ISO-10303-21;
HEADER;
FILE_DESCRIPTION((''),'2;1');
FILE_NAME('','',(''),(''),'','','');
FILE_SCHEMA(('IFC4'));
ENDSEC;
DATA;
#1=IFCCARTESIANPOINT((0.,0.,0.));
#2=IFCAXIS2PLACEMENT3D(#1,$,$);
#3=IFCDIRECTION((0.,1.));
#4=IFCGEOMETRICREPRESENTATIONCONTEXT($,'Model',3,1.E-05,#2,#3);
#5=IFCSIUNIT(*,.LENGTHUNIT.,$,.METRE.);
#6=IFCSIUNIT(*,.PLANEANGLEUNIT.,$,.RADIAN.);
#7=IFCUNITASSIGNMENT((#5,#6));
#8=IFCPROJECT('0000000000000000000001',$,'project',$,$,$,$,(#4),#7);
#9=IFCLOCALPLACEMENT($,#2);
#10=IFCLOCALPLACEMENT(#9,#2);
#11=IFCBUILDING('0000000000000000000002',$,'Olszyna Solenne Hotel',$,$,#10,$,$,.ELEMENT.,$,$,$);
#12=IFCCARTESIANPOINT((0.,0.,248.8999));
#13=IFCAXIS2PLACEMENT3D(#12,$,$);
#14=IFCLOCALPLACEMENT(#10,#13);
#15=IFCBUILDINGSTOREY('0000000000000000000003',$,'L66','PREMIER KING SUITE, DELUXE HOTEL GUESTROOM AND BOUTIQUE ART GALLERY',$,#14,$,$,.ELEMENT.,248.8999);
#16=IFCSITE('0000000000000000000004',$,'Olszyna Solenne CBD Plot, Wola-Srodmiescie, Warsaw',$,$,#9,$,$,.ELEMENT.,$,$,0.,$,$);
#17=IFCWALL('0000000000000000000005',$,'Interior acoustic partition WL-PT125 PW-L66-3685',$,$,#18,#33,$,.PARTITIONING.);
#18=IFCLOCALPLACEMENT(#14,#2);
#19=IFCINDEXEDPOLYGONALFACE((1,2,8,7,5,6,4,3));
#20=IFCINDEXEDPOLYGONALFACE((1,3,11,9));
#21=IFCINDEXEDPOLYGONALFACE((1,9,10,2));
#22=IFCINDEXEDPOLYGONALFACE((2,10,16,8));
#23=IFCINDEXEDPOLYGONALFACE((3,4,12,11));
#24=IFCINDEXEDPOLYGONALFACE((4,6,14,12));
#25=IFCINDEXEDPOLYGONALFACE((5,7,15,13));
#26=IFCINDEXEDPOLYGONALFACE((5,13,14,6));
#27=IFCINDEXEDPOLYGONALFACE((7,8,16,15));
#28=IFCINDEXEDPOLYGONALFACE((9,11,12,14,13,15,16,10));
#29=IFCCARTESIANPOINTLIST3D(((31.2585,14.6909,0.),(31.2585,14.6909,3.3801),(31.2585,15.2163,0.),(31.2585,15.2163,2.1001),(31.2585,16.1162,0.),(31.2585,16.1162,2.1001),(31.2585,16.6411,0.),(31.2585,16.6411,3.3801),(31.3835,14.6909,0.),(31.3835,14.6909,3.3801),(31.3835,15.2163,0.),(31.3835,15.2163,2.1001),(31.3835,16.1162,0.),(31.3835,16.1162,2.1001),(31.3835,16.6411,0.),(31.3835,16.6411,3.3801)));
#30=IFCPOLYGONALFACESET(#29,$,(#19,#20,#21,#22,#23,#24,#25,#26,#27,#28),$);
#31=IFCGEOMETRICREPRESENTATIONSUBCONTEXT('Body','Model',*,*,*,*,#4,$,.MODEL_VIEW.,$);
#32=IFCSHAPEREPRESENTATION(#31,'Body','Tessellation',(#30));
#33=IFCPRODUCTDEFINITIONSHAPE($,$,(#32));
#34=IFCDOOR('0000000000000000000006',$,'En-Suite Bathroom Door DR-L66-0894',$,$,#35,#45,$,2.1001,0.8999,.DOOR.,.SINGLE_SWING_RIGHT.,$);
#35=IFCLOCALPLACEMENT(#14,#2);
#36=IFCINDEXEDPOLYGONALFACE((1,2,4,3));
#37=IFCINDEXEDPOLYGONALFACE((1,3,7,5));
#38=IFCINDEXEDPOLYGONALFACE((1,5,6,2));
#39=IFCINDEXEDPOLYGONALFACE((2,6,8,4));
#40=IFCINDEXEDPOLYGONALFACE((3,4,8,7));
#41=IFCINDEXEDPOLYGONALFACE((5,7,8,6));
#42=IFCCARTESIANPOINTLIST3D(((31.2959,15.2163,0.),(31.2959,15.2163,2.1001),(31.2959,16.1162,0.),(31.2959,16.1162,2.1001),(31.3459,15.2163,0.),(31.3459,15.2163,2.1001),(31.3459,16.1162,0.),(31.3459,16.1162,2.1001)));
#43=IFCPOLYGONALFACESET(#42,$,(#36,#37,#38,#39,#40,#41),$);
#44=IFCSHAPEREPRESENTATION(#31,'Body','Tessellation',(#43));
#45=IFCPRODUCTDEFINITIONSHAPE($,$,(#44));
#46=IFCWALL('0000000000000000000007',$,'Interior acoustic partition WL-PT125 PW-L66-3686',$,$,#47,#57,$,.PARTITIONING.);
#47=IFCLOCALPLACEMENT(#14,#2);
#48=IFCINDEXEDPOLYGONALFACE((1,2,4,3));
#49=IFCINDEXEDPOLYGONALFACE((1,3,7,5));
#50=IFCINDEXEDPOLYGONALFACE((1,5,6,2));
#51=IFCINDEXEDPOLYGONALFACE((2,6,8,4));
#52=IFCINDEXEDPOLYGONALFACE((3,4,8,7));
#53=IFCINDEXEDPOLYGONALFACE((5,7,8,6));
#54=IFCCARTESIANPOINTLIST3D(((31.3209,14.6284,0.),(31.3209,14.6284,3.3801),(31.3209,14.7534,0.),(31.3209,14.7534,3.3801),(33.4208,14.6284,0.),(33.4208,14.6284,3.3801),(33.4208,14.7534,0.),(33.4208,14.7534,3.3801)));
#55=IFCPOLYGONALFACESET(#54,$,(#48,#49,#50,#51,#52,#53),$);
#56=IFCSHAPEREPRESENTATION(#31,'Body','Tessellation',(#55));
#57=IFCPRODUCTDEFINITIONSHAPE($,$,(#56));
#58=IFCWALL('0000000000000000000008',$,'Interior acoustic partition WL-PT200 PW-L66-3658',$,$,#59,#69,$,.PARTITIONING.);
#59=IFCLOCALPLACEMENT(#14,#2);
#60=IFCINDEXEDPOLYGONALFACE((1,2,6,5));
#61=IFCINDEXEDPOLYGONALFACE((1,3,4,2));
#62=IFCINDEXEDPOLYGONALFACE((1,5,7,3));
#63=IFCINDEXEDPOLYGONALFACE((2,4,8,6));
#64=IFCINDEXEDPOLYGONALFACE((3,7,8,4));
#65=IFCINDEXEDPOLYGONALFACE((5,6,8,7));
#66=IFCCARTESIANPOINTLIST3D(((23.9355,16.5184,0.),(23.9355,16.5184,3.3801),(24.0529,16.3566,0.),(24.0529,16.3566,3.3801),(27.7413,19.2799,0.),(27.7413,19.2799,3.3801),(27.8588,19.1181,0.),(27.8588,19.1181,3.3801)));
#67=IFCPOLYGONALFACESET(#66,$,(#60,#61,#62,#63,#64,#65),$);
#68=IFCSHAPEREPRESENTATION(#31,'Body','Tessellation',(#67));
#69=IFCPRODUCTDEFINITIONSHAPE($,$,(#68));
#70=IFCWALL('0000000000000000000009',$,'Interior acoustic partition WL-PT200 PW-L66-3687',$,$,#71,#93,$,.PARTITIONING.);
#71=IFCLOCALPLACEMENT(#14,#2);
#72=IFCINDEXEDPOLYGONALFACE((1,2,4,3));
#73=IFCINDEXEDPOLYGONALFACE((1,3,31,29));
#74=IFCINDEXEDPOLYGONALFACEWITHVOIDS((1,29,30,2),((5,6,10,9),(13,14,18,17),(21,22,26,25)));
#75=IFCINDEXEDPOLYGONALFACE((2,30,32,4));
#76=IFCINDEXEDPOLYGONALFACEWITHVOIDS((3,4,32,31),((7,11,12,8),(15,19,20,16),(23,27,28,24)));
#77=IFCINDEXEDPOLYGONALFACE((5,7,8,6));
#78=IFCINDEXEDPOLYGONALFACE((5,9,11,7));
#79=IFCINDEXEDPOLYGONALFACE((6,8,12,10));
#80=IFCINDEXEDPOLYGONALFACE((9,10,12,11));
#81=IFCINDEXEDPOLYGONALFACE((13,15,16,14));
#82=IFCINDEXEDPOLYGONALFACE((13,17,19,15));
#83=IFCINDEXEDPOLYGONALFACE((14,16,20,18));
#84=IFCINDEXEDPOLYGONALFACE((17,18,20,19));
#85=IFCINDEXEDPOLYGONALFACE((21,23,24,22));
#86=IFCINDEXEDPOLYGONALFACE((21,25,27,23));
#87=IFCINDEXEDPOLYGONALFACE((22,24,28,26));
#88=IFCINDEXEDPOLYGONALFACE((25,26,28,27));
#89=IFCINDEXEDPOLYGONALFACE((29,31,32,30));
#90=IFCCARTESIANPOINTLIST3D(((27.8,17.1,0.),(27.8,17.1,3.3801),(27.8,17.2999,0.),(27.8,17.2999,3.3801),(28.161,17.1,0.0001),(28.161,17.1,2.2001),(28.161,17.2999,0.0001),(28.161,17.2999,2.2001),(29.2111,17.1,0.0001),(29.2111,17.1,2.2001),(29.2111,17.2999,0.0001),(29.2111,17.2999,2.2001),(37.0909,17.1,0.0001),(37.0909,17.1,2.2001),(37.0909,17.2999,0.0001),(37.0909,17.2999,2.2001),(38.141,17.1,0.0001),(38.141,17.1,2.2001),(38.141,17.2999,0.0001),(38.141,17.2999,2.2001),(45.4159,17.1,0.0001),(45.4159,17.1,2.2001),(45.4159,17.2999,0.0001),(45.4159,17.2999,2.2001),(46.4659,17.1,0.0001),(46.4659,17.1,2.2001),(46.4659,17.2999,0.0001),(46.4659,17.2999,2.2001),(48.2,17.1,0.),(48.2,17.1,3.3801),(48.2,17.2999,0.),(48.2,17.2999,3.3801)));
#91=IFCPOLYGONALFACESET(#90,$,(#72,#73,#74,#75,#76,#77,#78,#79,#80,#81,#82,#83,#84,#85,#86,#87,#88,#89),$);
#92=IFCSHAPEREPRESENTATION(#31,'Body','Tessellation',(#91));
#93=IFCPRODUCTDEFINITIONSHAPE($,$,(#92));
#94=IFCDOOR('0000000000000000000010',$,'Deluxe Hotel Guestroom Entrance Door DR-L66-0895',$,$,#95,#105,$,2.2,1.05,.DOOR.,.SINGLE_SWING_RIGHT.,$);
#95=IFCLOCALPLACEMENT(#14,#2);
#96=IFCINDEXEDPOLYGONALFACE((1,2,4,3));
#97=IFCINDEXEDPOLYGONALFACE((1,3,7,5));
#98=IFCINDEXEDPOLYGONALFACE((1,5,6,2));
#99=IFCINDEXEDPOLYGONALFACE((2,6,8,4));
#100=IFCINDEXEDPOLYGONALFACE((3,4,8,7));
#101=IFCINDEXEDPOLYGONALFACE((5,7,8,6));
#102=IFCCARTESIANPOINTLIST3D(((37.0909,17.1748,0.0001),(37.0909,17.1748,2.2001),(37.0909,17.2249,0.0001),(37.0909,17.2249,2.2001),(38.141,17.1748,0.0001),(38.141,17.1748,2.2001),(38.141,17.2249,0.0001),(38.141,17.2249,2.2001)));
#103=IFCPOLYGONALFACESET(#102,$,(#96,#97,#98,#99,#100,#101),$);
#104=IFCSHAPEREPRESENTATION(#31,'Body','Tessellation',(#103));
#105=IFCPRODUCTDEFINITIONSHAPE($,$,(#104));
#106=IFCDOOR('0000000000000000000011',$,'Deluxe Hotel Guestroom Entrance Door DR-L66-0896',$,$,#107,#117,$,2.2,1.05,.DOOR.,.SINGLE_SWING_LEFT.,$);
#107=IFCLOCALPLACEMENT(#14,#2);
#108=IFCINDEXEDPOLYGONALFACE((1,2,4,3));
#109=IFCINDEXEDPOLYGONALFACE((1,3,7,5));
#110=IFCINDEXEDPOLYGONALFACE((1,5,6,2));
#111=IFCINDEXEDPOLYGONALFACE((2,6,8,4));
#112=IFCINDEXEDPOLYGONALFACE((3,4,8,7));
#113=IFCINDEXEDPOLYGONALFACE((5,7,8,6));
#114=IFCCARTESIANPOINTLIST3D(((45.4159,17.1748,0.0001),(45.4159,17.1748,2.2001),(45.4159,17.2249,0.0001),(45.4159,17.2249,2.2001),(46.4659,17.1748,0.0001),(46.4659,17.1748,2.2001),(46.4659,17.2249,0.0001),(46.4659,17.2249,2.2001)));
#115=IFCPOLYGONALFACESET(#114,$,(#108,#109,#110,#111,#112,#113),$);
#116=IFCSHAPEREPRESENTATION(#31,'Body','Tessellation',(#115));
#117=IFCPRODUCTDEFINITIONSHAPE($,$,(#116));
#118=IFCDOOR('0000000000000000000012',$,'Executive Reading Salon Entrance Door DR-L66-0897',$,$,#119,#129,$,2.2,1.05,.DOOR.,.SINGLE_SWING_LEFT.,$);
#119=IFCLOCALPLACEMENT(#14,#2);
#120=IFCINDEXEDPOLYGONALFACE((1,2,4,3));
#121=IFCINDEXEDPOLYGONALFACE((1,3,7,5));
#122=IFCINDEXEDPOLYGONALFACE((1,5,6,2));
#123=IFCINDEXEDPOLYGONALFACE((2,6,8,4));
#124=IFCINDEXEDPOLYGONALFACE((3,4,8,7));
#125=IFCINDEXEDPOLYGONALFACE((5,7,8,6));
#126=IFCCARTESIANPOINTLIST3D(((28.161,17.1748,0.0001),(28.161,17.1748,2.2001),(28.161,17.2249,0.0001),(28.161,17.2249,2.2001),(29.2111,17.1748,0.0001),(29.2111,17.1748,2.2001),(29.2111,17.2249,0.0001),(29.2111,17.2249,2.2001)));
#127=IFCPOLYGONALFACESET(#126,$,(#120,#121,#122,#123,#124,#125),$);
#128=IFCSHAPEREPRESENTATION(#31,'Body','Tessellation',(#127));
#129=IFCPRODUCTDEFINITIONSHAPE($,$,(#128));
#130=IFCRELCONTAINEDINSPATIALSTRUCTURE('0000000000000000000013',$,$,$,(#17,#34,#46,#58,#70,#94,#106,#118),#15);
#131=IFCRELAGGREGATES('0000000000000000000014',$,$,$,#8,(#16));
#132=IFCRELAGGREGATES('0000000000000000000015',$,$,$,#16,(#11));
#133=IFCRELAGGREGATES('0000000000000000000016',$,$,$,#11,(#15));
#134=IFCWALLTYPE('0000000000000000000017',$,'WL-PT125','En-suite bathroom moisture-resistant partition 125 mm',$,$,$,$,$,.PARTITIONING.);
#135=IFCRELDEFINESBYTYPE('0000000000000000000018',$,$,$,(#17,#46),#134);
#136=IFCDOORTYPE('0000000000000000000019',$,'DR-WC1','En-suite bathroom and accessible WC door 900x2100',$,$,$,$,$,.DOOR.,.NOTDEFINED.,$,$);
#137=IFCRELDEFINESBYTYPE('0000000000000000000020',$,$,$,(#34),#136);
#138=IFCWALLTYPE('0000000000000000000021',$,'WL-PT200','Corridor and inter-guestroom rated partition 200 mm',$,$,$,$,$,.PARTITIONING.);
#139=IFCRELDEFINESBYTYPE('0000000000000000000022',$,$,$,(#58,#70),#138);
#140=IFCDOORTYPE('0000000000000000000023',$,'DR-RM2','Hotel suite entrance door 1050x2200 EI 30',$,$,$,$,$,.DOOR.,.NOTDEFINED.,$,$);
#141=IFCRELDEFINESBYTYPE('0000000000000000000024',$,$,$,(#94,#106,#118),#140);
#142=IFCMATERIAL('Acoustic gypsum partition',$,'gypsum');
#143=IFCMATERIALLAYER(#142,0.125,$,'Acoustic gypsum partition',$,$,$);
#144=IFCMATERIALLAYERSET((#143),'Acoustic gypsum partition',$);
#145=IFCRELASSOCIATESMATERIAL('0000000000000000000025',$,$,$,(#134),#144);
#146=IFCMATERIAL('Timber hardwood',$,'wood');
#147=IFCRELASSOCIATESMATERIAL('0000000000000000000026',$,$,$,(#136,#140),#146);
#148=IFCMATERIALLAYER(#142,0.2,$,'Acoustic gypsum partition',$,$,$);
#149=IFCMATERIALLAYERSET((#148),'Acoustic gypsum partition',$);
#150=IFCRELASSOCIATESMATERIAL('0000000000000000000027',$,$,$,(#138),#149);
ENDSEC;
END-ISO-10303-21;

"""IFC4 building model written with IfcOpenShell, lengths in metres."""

from ifc_helpers import new_model, si_unit, direction, frame, frame_2d, origin, place, context, subcontext, project, spatial, rectangle, extrude, source, transform, mapped, material, layer, layer_set, type_object, type_shapes, element, fill, save


model = new_model("IFC4")

# Units and contexts
model_context = context("Model", 3, precision=1e-05, world=origin(), true_north=direction((0.0, 1.0)))
body_context = subcontext(model_context, "Body", "Model", "MODEL_VIEW")
ifc_project = project(units=[si_unit("LENGTHUNIT", "METRE"), si_unit("PLANEANGLEUNIT", "RADIAN")], contexts=[model_context])

# Site, building, storey
site_placement = place(None, origin())
site = spatial("IfcSite", under=ifc_project, at=site_placement, Name="Olszyna Solenne CBD Plot, Wola-Srodmiescie, Warsaw", CompositionType="ELEMENT", RefElevation=0.0)
building_placement = place(site_placement, origin())
building = spatial("IfcBuilding", under=site, at=building_placement, Name="Olszyna Solenne Hotel", CompositionType="ELEMENT")
storey_placement = place(building_placement, frame((0.0, 0.0, 248.8999)))
storey = spatial("IfcBuildingStorey", under=building, at=storey_placement, Name="L66", Description="PREMIER KING SUITE, DELUXE HOTEL GUESTROOM AND BOUTIQUE ART GALLERY", CompositionType="ELEMENT", Elevation=248.8999)

# Shared definitions
ifc_material_1 = material(Name="Timber hardwood", Category="wood")

# Wall, opening, door
ifc_material_2 = material(Name="Acoustic gypsum partition", Category="gypsum")
ifc_layer_1 = layer(ifc_material_2, 0.125, Name="Acoustic gypsum partition")
ifc_layer_set_1 = layer_set([ifc_layer_1], Name="Acoustic gypsum partition")
wall_type_1 = type_object("IfcWallType", Name="WL-PT125", Description="En-suite bathroom moisture-resistant partition 125 mm", PredefinedType="PARTITIONING", material=ifc_layer_set_1)
wall_1_placement = place(storey_placement, frame((31.321, 16.6411, 0.0), z_axis=(0.0, 0.0, 1.0), x_axis=(0.0, -1.0, 0.0)))
wall_1 = element("IfcWall", 1, at=wall_1_placement, inside=storey, type_object=wall_type_1, Name="Interior acoustic partition WL-PT125 PW-L66-3685", PredefinedType="PARTITIONING", context=body_context, shape_type="SweptSolid", body=[
    extrude(rectangle(XDim=1.9502, YDim=0.125, at=frame_2d((0.9751, 0.0))), origin(), (0.0, 0.0, 1.0), 3.3801),
])
opening_1_placement = place(wall_1_placement, frame((0.5249, 0.0, 0.0)))
opening_1 = element("IfcOpeningElement", 2, at=opening_1_placement, cuts=wall_1, PredefinedType="OPENING", context=body_context, shape_type="SweptSolid", body=[
    extrude(rectangle(XDim=0.8999, YDim=2.1001, at=frame_2d((0.45, 1.05))), frame((0.0, 0.0725, 0.0), z_axis=(0.0, -1.0, 0.0), x_axis=(1.0, 0.0, 0.0)), (0.0, 0.0, 1.0), 0.145),
])
door_type_1 = type_object("IfcDoorType", Name="DR-WC1", Description="En-suite bathroom and accessible WC door 900x2100", OperationType="NOTDEFINED", PredefinedType="DOOR", material=ifc_material_1)
shared_shape_1 = source(origin(), body_context, "Body", "SweptSolid", [
    extrude(rectangle(XDim=0.8999, YDim=2.1001, at=frame_2d((0.45, 1.05))), frame((0.0, 0.0249, 0.0), z_axis=(0.0, -1.0, 0.0), x_axis=(1.0, 0.0, 0.0)), (0.0, 0.0, 1.0), 0.05),
])
type_shapes(door_type_1, [shared_shape_1])
door_1_placement = place(opening_1_placement, origin())
door_1 = element("IfcDoor", 3, at=door_1_placement, inside=storey, type_object=door_type_1, Name="En-Suite Bathroom Door DR-L66-0894", OperationType="SINGLE_SWING_RIGHT", OverallHeight=2.1001, OverallWidth=0.8999, PredefinedType="DOOR", context=body_context, shape_type="MappedRepresentation", body=[
    mapped(shared_shape_1, transform((0.0, 0.0, 0.0), x_axis=(1.0, 0.0, 0.0), y_axis=(0.0, 1.0, 0.0), z_axis=(0.0, 0.0, 1.0), scale=1.0)),
])
fill(opening_1, door_1)

# Walls
wall_2_placement = place(storey_placement, frame((31.321, 14.6909, 0.0), z_axis=(0.0, 0.0, 1.0), x_axis=(1.0, 0.0, 0.0)))
element("IfcWall", 4, at=wall_2_placement, inside=storey, type_object=wall_type_1, Name="Interior acoustic partition WL-PT125 PW-L66-3686", PredefinedType="PARTITIONING", context=body_context, shape_type="SweptSolid", body=[
    extrude(rectangle(XDim=2.0999, YDim=0.125, at=frame_2d((1.0498, 0.0))), origin(), (0.0, 0.0, 1.0), 3.3801),
])
ifc_layer_2 = layer(ifc_material_2, 0.2, Name="Acoustic gypsum partition")
ifc_layer_set_2 = layer_set([ifc_layer_2], Name="Acoustic gypsum partition")
wall_type_2 = type_object("IfcWallType", Name="WL-PT200", Description="Corridor and inter-guestroom rated partition 200 mm", PredefinedType="PARTITIONING", material=ifc_layer_set_2)
wall_3_placement = place(storey_placement, frame((27.8, 19.199, 0.0), z_axis=(0.0, 0.0, 1.0), x_axis=(-0.809389, -0.587273, 0.0)))
element("IfcWall", 5, at=wall_3_placement, inside=storey, type_object=wall_type_2, Name="Interior acoustic partition WL-PT200 PW-L66-3658", PredefinedType="PARTITIONING", context=body_context, shape_type="SweptSolid", body=[
    extrude(rectangle(XDim=4.7021, YDim=0.2, at=frame_2d((2.3511, 0.0))), origin(), (0.0, 0.0, 1.0), 3.3801),
])

# Wall, openings, doors
wall_4_placement = place(storey_placement, frame((27.8, 17.2, 0.0), z_axis=(0.0, 0.0, 1.0), x_axis=(1.0, 0.0, 0.0)))
wall_4 = element("IfcWall", 6, at=wall_4_placement, inside=storey, type_object=wall_type_2, Name="Interior acoustic partition WL-PT200 PW-L66-3687", PredefinedType="PARTITIONING", context=body_context, shape_type="SweptSolid", body=[
    extrude(rectangle(XDim=20.3999, YDim=0.2, at=frame_2d((10.2, 0.0))), origin(), (0.0, 0.0, 1.0), 3.3801),
])
opening_2_placement = place(wall_4_placement, frame((9.291, 0.0, 0.0)))
opening_2 = element("IfcOpeningElement", 7, at=opening_2_placement, cuts=wall_4, PredefinedType="OPENING", context=body_context, shape_type="SweptSolid", body=[
    extrude(rectangle(XDim=1.05, YDim=2.2, at=frame_2d((0.5249, 1.1001))), frame((0.0, 0.1099, 0.0), z_axis=(0.0, -1.0, 0.0), x_axis=(1.0, 0.0, 0.0)), (0.0, 0.0, 1.0), 0.22),
])
opening_3_placement = place(wall_4_placement, frame((17.616, 0.0, 0.0)))
opening_3 = element("IfcOpeningElement", 8, at=opening_3_placement, cuts=wall_4, PredefinedType="OPENING", context=body_context, shape_type="SweptSolid", body=[
    extrude(rectangle(XDim=1.05, YDim=2.2, at=frame_2d((0.5249, 1.1001))), frame((0.0, 0.1099, 0.0), z_axis=(0.0, -1.0, 0.0), x_axis=(1.0, 0.0, 0.0)), (0.0, 0.0, 1.0), 0.22),
])
opening_4_placement = place(wall_4_placement, frame((0.3611, 0.0, 0.0)))
opening_4 = element("IfcOpeningElement", 9, at=opening_4_placement, cuts=wall_4, PredefinedType="OPENING", context=body_context, shape_type="SweptSolid", body=[
    extrude(rectangle(XDim=1.05, YDim=2.2, at=frame_2d((0.5249, 1.1001))), frame((0.0, 0.1099, 0.0), z_axis=(0.0, -1.0, 0.0), x_axis=(1.0, 0.0, 0.0)), (0.0, 0.0, 1.0), 0.22),
])
door_type_2 = type_object("IfcDoorType", Name="DR-RM2", Description="Hotel suite entrance door 1050x2200 EI 30", OperationType="NOTDEFINED", PredefinedType="DOOR", material=ifc_material_1)
shared_shape_2 = source(origin(), body_context, "Body", "SweptSolid", [
    extrude(rectangle(XDim=1.05, YDim=2.2, at=frame_2d((0.5249, 1.1001))), frame((0.0, 0.0249, 0.0), z_axis=(0.0, -1.0, 0.0), x_axis=(1.0, 0.0, 0.0)), (0.0, 0.0, 1.0), 0.05),
])
type_shapes(door_type_2, [shared_shape_2])
door_2_placement = place(opening_2_placement, origin())
door_2 = element("IfcDoor", 10, at=door_2_placement, inside=storey, type_object=door_type_2, Name="Deluxe Hotel Guestroom Entrance Door DR-L66-0895", OperationType="SINGLE_SWING_RIGHT", OverallHeight=2.2, OverallWidth=1.05, PredefinedType="DOOR", context=body_context, shape_type="MappedRepresentation", body=[
    mapped(shared_shape_2, transform((0.0, 0.0, 0.0), x_axis=(1.0, 0.0, 0.0), y_axis=(0.0, 1.0, 0.0), z_axis=(0.0, 0.0, 1.0), scale=1.0)),
])
fill(opening_2, door_2)
door_3_placement = place(opening_3_placement, origin())
door_3 = element("IfcDoor", 11, at=door_3_placement, inside=storey, type_object=door_type_2, Name="Deluxe Hotel Guestroom Entrance Door DR-L66-0896", OperationType="SINGLE_SWING_LEFT", OverallHeight=2.2, OverallWidth=1.05, PredefinedType="DOOR", context=body_context, shape_type="MappedRepresentation", body=[
    mapped(shared_shape_2, transform((0.0, 0.0, 0.0), x_axis=(1.0, 0.0, 0.0), y_axis=(0.0, 1.0, 0.0), z_axis=(0.0, 0.0, 1.0), scale=1.0)),
])
fill(opening_3, door_3)
door_4_placement = place(opening_4_placement, origin())
door_4 = element("IfcDoor", 12, at=door_4_placement, inside=storey, type_object=door_type_2, Name="Executive Reading Salon Entrance Door DR-L66-0897", OperationType="SINGLE_SWING_LEFT", OverallHeight=2.2, OverallWidth=1.05, PredefinedType="DOOR", context=body_context, shape_type="MappedRepresentation", body=[
    mapped(shared_shape_2, transform((0.0, 0.0, 0.0), x_axis=(1.0, 0.0, 0.0), y_axis=(0.0, 1.0, 0.0), z_axis=(0.0, 0.0, 1.0), scale=1.0)),
])
fill(opening_4, door_4)

save(model, "model.ifc")
